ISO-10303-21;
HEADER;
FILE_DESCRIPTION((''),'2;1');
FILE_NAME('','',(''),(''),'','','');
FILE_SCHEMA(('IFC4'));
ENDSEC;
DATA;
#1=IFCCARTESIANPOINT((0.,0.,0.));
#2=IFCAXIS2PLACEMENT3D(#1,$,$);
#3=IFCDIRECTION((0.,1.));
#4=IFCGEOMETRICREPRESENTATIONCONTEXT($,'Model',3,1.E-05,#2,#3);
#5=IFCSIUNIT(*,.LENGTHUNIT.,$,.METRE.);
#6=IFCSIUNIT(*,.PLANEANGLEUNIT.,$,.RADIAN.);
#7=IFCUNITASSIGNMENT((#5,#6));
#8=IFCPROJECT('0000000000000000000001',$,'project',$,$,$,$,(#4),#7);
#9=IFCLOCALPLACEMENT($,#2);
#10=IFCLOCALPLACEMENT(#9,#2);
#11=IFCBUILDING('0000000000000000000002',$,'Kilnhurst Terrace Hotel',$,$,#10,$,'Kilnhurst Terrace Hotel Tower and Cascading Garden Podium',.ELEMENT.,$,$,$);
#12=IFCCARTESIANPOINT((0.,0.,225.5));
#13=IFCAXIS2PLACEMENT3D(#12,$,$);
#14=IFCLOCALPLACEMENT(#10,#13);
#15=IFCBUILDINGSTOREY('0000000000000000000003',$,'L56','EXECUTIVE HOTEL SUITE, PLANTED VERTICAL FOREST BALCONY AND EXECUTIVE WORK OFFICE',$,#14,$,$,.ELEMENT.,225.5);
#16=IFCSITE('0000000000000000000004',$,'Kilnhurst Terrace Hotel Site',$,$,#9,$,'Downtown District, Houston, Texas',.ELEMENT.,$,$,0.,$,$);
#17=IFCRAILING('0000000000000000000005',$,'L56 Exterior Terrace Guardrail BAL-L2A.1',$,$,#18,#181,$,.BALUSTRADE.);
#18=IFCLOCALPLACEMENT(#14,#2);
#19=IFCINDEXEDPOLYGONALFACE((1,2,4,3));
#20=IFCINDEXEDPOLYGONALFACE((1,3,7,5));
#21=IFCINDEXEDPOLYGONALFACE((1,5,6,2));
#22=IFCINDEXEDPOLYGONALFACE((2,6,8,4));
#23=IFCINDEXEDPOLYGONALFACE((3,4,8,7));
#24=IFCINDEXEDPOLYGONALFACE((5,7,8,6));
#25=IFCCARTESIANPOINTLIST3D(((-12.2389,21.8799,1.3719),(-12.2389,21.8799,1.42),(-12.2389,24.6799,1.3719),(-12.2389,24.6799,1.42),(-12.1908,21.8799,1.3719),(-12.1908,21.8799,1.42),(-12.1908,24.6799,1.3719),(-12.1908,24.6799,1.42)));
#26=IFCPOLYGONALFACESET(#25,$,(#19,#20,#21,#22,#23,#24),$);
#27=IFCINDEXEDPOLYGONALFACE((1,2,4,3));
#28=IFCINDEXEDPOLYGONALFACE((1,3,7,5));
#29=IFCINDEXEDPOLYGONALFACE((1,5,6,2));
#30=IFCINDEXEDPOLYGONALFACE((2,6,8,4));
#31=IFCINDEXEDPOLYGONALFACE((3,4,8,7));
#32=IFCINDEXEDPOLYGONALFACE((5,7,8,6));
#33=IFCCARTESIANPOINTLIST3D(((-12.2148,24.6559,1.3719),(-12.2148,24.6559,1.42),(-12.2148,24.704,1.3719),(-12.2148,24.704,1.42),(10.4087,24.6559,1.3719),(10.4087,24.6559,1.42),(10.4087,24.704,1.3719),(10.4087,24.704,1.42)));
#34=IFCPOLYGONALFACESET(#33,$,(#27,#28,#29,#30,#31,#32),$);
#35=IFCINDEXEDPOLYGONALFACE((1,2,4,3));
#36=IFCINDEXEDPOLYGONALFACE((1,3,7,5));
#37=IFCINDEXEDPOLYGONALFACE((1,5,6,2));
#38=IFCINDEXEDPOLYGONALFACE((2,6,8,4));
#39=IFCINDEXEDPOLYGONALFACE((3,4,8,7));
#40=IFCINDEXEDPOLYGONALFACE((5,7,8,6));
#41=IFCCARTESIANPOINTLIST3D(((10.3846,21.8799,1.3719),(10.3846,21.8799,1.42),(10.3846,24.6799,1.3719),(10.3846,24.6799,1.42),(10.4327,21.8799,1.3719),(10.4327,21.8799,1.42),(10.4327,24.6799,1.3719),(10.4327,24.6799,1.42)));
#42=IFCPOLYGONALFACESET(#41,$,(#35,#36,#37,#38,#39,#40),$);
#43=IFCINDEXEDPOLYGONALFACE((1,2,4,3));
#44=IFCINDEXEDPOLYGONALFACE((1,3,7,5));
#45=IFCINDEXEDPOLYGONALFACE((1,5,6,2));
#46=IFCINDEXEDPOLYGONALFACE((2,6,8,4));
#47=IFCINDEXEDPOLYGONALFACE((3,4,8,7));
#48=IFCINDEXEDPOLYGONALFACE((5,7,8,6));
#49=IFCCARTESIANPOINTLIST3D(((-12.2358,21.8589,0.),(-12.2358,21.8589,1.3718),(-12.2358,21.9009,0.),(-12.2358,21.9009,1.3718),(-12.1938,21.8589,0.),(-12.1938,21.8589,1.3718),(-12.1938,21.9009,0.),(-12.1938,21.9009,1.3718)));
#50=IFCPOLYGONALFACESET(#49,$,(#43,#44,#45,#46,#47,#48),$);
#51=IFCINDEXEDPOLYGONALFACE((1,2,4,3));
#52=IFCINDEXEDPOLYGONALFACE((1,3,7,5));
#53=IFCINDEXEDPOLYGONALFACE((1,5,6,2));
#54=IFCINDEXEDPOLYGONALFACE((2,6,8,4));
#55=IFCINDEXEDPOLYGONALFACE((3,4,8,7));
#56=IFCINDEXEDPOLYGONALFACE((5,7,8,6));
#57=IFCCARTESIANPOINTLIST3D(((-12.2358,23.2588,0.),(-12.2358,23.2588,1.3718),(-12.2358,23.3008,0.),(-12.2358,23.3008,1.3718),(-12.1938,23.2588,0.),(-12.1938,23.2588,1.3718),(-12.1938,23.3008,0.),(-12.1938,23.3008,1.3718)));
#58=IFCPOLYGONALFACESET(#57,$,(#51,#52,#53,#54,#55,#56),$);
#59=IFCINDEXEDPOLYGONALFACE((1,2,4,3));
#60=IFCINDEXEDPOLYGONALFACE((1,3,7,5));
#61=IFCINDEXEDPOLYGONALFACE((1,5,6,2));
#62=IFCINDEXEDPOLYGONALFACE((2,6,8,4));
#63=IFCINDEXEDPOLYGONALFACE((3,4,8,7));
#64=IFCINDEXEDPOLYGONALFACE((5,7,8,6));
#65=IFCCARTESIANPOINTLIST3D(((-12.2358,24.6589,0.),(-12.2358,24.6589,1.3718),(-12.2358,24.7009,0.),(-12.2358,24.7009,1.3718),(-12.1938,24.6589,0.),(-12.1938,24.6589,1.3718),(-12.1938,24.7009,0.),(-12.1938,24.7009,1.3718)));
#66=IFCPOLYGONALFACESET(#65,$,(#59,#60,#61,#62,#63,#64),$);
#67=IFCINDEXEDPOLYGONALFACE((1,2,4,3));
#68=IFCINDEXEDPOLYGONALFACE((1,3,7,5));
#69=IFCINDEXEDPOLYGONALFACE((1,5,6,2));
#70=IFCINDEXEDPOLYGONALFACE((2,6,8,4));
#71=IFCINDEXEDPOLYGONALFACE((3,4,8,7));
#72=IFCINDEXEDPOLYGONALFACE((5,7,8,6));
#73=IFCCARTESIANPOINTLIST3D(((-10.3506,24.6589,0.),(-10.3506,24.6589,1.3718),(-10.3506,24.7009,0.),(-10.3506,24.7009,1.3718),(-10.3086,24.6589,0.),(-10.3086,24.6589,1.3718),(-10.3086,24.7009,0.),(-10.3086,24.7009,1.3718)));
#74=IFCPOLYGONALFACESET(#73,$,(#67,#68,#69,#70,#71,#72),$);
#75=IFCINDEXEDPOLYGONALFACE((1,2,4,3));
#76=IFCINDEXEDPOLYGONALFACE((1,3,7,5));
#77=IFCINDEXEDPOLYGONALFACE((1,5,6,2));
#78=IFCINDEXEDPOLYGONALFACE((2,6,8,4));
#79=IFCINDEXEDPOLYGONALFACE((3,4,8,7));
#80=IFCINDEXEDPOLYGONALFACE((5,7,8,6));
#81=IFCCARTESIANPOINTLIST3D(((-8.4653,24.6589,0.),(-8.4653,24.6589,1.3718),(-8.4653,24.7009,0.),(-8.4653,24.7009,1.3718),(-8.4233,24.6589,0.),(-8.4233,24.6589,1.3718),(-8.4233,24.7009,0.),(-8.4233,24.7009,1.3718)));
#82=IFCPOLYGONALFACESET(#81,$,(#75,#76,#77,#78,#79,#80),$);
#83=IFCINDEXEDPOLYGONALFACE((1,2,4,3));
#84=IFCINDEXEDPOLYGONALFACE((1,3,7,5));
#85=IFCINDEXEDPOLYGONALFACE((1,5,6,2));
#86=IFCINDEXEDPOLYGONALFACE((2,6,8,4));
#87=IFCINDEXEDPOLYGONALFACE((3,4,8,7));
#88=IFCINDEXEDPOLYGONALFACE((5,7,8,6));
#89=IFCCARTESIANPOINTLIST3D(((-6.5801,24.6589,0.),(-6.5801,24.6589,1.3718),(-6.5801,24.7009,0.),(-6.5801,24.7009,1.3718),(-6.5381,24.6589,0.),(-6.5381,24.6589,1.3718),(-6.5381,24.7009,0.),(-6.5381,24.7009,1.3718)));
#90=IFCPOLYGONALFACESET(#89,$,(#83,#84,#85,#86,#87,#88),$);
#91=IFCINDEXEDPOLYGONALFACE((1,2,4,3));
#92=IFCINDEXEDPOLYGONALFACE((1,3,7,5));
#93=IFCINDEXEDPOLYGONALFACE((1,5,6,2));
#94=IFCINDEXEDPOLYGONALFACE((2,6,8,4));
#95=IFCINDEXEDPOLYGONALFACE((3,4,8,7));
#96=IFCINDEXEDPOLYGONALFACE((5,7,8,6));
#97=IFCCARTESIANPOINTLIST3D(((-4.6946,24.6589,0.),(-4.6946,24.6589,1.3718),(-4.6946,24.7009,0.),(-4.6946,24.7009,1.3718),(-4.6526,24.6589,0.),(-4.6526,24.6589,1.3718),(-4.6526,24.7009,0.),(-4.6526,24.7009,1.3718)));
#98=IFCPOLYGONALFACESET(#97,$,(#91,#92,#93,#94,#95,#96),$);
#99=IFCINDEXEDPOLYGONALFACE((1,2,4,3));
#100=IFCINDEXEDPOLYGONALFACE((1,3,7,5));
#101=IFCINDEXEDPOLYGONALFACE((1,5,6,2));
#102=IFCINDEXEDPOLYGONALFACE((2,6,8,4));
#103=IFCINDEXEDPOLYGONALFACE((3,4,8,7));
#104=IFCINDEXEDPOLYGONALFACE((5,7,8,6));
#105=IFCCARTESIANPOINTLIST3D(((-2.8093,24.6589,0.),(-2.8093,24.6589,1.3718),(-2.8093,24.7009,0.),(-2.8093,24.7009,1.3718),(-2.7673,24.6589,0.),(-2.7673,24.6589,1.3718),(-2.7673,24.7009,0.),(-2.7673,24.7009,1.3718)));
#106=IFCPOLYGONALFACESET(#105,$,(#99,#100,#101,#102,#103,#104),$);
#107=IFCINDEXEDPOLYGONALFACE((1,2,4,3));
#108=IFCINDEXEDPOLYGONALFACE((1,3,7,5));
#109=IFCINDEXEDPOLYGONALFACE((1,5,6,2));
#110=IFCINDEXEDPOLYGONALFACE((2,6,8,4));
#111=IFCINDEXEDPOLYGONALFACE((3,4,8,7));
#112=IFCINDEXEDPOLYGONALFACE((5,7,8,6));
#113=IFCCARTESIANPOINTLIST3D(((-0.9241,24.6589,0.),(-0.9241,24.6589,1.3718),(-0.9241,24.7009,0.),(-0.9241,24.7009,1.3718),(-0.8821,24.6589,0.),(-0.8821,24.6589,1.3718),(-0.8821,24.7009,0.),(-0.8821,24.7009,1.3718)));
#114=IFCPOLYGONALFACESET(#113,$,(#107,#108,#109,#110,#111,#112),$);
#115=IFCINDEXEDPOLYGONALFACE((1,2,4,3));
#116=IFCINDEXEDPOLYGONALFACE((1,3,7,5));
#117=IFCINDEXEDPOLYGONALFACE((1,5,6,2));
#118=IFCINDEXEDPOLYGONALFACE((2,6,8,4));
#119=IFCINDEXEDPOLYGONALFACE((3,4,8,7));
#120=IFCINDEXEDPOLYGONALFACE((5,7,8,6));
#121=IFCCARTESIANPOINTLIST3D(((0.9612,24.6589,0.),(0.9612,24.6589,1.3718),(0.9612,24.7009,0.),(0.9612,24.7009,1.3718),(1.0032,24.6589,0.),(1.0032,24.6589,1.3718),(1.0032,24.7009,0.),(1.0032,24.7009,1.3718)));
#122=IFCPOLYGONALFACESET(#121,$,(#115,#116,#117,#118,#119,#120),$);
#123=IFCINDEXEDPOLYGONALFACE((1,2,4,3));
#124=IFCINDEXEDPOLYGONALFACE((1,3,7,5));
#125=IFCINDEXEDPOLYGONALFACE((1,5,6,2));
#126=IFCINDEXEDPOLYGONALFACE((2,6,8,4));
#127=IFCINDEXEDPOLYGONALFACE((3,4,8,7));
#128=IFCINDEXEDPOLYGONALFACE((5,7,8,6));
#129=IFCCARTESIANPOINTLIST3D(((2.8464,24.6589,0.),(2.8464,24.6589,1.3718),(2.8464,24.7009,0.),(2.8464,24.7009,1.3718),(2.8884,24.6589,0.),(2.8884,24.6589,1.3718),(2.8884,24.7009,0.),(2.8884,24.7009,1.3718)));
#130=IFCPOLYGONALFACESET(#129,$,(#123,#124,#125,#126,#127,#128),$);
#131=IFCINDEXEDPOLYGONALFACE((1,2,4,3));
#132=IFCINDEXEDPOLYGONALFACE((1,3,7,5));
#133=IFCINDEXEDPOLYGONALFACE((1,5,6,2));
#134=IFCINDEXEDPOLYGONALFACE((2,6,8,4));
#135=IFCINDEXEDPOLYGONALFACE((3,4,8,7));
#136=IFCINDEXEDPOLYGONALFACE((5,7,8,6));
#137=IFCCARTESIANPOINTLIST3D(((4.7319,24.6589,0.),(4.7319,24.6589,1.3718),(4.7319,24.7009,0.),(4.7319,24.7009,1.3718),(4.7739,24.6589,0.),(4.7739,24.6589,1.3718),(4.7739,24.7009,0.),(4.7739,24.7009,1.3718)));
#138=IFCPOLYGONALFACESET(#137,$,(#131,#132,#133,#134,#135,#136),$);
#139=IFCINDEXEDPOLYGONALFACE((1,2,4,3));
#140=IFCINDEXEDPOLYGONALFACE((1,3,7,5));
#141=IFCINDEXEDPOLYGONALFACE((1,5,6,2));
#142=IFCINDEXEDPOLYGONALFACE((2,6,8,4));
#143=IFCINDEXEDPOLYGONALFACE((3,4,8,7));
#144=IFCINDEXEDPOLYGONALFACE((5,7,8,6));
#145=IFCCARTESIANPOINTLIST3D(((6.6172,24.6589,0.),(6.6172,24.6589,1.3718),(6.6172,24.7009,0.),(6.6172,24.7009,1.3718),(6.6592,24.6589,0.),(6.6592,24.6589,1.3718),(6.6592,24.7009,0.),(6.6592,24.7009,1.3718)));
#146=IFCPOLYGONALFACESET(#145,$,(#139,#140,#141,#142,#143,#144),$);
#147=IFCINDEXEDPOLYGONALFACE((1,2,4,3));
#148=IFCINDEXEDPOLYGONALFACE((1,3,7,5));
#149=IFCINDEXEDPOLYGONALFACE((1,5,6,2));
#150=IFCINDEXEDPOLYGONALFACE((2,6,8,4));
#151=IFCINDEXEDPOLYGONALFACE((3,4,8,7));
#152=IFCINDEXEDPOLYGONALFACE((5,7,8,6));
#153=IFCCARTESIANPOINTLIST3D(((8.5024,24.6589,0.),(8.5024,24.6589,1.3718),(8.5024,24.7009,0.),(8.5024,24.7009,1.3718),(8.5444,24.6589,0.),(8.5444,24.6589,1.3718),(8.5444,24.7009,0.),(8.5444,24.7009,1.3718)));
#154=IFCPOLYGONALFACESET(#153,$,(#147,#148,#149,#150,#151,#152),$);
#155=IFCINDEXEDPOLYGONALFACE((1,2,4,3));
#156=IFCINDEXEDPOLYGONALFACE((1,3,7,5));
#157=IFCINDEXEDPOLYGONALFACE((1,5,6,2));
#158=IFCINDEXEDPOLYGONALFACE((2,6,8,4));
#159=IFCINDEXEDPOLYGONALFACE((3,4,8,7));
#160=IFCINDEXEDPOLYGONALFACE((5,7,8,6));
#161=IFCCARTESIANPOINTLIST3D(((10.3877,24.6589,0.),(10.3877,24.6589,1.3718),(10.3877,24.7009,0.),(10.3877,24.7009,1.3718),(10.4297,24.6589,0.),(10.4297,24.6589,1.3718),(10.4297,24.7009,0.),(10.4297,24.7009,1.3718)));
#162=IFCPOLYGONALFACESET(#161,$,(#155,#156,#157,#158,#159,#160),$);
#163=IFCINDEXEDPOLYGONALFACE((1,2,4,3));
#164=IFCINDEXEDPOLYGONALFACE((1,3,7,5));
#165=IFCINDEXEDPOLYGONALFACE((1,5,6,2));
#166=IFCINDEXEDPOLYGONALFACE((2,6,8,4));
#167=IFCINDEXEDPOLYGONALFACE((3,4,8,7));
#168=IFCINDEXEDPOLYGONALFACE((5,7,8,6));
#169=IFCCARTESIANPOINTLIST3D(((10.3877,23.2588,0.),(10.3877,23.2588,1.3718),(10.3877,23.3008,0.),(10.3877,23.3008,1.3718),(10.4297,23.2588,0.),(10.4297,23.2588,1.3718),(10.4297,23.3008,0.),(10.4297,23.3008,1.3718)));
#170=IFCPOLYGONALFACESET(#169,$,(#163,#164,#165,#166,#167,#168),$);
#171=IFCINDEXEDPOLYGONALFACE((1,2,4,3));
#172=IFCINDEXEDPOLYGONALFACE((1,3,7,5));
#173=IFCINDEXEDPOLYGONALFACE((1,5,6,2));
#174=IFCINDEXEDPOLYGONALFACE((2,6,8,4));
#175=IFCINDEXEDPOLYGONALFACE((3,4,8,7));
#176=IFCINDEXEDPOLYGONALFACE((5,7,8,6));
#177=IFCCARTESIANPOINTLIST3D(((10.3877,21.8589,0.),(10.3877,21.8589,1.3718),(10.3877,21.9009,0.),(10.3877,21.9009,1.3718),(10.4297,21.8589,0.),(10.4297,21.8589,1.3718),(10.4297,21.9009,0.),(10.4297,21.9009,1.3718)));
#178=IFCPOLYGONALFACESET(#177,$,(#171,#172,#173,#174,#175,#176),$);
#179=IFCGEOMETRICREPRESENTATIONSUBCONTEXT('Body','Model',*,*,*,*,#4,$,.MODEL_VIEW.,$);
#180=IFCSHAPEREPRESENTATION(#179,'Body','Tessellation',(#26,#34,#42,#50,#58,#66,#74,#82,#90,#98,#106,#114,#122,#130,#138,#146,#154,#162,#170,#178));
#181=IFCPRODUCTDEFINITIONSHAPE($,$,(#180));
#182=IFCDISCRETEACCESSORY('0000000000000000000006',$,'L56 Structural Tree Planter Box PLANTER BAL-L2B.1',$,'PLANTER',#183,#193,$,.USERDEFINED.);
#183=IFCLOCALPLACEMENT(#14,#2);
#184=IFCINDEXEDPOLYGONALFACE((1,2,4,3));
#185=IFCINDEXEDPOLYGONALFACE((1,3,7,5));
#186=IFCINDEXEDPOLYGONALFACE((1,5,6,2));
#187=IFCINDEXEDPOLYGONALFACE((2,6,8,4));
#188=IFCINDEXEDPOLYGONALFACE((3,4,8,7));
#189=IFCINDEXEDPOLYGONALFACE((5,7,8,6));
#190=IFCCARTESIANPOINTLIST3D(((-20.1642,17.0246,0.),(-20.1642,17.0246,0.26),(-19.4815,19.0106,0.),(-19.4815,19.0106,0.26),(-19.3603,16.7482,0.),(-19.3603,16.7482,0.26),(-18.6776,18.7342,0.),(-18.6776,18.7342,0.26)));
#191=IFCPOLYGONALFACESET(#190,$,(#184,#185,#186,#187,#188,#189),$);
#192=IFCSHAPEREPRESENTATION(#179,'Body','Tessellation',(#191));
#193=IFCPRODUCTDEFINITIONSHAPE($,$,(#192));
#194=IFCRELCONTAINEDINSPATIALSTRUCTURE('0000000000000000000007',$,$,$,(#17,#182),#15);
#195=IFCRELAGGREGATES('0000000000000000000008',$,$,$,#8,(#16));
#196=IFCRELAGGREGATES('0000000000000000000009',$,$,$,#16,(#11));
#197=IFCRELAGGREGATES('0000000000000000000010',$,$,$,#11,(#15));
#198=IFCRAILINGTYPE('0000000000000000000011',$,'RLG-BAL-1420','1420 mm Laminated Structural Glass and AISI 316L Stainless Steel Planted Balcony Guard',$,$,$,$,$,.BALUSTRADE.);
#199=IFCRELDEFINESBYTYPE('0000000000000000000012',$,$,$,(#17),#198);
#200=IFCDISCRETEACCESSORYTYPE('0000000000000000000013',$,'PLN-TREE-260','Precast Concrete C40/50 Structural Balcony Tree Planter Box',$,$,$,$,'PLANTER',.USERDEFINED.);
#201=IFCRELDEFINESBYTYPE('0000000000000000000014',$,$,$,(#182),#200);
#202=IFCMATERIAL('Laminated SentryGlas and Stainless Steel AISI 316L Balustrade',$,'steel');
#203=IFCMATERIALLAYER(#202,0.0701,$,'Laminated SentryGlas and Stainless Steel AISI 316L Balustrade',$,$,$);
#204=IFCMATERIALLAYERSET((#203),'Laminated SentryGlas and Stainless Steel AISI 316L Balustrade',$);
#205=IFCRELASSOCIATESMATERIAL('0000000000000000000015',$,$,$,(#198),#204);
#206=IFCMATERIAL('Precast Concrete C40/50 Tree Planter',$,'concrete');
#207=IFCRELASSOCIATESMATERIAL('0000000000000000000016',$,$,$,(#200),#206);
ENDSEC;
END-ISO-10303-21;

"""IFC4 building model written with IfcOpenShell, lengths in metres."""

from ifc_helpers import new_model, si_unit, direction, frame, origin, origin_2d, place, context, subcontext, project, spatial, rectangle, extrude, material, layer, layer_set, type_object, element, save


model = new_model("IFC4")

# Units and contexts
model_context = context("Model", 3, precision=1e-05, world=origin(), true_north=direction((0.0, 1.0)))
body_context = subcontext(model_context, "Body", "Model", "MODEL_VIEW")
ifc_project = project(units=[si_unit("LENGTHUNIT", "METRE"), si_unit("PLANEANGLEUNIT", "RADIAN")], contexts=[model_context])

# Site, building, storey
site_placement = place(None, origin())
site = spatial("IfcSite", under=ifc_project, at=site_placement, Name="Kilnhurst Terrace Hotel Site", LongName="Downtown District, Houston, Texas", CompositionType="ELEMENT", RefElevation=0.0)
building_placement = place(site_placement, origin())
building = spatial("IfcBuilding", under=site, at=building_placement, Name="Kilnhurst Terrace Hotel", LongName="Kilnhurst Terrace Hotel Tower and Cascading Garden Podium", CompositionType="ELEMENT")
storey_placement = place(building_placement, frame((0.0, 0.0, 225.5)))
storey = spatial("IfcBuildingStorey", under=building, at=storey_placement, Name="L56", Description="EXECUTIVE HOTEL SUITE, PLANTED VERTICAL FOREST BALCONY AND EXECUTIVE WORK OFFICE", CompositionType="ELEMENT", Elevation=225.5)

# Railing
ifc_material_1 = material(Name="Laminated SentryGlas and Stainless Steel AISI 316L Balustrade", Category="steel")
ifc_layer_1 = layer(ifc_material_1, 0.0701, Name="Laminated SentryGlas and Stainless Steel AISI 316L Balustrade")
ifc_layer_set_1 = layer_set([ifc_layer_1], Name="Laminated SentryGlas and Stainless Steel AISI 316L Balustrade")
railing_type = type_object("IfcRailingType", Name="RLG-BAL-1420", Description="1420 mm Laminated Structural Glass and AISI 316L Stainless Steel Planted Balcony Guard", PredefinedType="BALUSTRADE", material=ifc_layer_set_1)
railing_placement = place(storey_placement, frame((-12.2148, 21.8799, 0.0)))
element("IfcRailing", 1, at=railing_placement, inside=storey, type_object=railing_type, Name="L56 Exterior Terrace Guardrail BAL-L2A.1", PredefinedType="BALUSTRADE", context=body_context, shape_type="SweptSolid", body=[
    extrude(rectangle(XDim=0.0481, YDim=0.0481, at=origin_2d()), frame((0.0, 0.0, 1.396), z_axis=(0.0, 1.0, 0.0), x_axis=(-1.0, 0.0, 0.0)), (0.0, 0.0, 1.0), 2.8),
    extrude(rectangle(XDim=0.0481, YDim=0.0481, at=origin_2d()), frame((0.0, 2.8, 1.396), z_axis=(1.0, 0.0, 0.0), x_axis=(0.0, 1.0, 0.0)), (0.0, 0.0, 1.0), 22.6235),
    extrude(rectangle(XDim=0.0481, YDim=0.0481, at=origin_2d()), frame((22.6235, 2.8, 1.396), z_axis=(0.0, -1.0, 0.0), x_axis=(1.0, 0.0, 0.0)), (0.0, 0.0, 1.0), 2.8),
    extrude(rectangle(XDim=0.042, YDim=0.042, at=origin_2d()), origin(), (0.0, 0.0, 1.0), 1.3718),
    extrude(rectangle(XDim=0.042, YDim=0.042, at=origin_2d()), frame((0.0, 1.3999, 0.0)), (0.0, 0.0, 1.0), 1.3718),
    extrude(rectangle(XDim=0.042, YDim=0.042, at=origin_2d()), frame((0.0, 2.8, 0.0)), (0.0, 0.0, 1.0), 1.3718),
    extrude(rectangle(XDim=0.042, YDim=0.042, at=origin_2d()), frame((1.8853, 2.8, 0.0)), (0.0, 0.0, 1.0), 1.3718),
    extrude(rectangle(XDim=0.042, YDim=0.042, at=origin_2d()), frame((3.7705, 2.8, 0.0)), (0.0, 0.0, 1.0), 1.3718),
    extrude(rectangle(XDim=0.042, YDim=0.042, at=origin_2d()), frame((5.6558, 2.8, 0.0)), (0.0, 0.0, 1.0), 1.3718),
    extrude(rectangle(XDim=0.042, YDim=0.042, at=origin_2d()), frame((7.5413, 2.8, 0.0)), (0.0, 0.0, 1.0), 1.3718),
    extrude(rectangle(XDim=0.042, YDim=0.042, at=origin_2d()), frame((9.4265, 2.8, 0.0)), (0.0, 0.0, 1.0), 1.3718),
    extrude(rectangle(XDim=0.042, YDim=0.042, at=origin_2d()), frame((11.3118, 2.8, 0.0)), (0.0, 0.0, 1.0), 1.3718),
    extrude(rectangle(XDim=0.042, YDim=0.042, at=origin_2d()), frame((13.197, 2.8, 0.0)), (0.0, 0.0, 1.0), 1.3718),
    extrude(rectangle(XDim=0.042, YDim=0.042, at=origin_2d()), frame((15.0823, 2.8, 0.0)), (0.0, 0.0, 1.0), 1.3718),
    extrude(rectangle(XDim=0.042, YDim=0.042, at=origin_2d()), frame((16.9678, 2.8, 0.0)), (0.0, 0.0, 1.0), 1.3718),
    extrude(rectangle(XDim=0.042, YDim=0.042, at=origin_2d()), frame((18.853, 2.8, 0.0)), (0.0, 0.0, 1.0), 1.3718),
    extrude(rectangle(XDim=0.042, YDim=0.042, at=origin_2d()), frame((20.7383, 2.8, 0.0)), (0.0, 0.0, 1.0), 1.3718),
    extrude(rectangle(XDim=0.042, YDim=0.042, at=origin_2d()), frame((22.6235, 2.8, 0.0)), (0.0, 0.0, 1.0), 1.3718),
    extrude(rectangle(XDim=0.042, YDim=0.042, at=origin_2d()), frame((22.6235, 1.3999, 0.0)), (0.0, 0.0, 1.0), 1.3718),
    extrude(rectangle(XDim=0.042, YDim=0.042, at=origin_2d()), frame((22.6235, 0.0, 0.0)), (0.0, 0.0, 1.0), 1.3718),
])

# Discrete accessory
ifc_material_2 = material(Name="Precast Concrete C40/50 Tree Planter", Category="concrete")
discrete_accessory_type = type_object("IfcDiscreteAccessoryType", Name="PLN-TREE-260", Description="Precast Concrete C40/50 Structural Balcony Tree Planter Box", ElementType="PLANTER", PredefinedType="USERDEFINED", material=ifc_material_2)
discrete_accessory_placement = place(storey_placement, frame((-19.4209, 17.8794, 0.0), z_axis=(0.0, 0.0, 1.0), x_axis=(-0.32509, -0.945683, 0.0)))
element("IfcDiscreteAccessory", 2, at=discrete_accessory_placement, inside=storey, type_object=discrete_accessory_type, Name="L56 Structural Tree Planter Box PLANTER BAL-L2B.1", ObjectType="PLANTER", PredefinedType="USERDEFINED", context=body_context, shape_type="SweptSolid", body=[
    extrude(rectangle(XDim=2.1001, YDim=0.8501, at=origin_2d()), origin(), (0.0, 0.0, 1.0), 0.26),
])

save(model, "model.ifc")
